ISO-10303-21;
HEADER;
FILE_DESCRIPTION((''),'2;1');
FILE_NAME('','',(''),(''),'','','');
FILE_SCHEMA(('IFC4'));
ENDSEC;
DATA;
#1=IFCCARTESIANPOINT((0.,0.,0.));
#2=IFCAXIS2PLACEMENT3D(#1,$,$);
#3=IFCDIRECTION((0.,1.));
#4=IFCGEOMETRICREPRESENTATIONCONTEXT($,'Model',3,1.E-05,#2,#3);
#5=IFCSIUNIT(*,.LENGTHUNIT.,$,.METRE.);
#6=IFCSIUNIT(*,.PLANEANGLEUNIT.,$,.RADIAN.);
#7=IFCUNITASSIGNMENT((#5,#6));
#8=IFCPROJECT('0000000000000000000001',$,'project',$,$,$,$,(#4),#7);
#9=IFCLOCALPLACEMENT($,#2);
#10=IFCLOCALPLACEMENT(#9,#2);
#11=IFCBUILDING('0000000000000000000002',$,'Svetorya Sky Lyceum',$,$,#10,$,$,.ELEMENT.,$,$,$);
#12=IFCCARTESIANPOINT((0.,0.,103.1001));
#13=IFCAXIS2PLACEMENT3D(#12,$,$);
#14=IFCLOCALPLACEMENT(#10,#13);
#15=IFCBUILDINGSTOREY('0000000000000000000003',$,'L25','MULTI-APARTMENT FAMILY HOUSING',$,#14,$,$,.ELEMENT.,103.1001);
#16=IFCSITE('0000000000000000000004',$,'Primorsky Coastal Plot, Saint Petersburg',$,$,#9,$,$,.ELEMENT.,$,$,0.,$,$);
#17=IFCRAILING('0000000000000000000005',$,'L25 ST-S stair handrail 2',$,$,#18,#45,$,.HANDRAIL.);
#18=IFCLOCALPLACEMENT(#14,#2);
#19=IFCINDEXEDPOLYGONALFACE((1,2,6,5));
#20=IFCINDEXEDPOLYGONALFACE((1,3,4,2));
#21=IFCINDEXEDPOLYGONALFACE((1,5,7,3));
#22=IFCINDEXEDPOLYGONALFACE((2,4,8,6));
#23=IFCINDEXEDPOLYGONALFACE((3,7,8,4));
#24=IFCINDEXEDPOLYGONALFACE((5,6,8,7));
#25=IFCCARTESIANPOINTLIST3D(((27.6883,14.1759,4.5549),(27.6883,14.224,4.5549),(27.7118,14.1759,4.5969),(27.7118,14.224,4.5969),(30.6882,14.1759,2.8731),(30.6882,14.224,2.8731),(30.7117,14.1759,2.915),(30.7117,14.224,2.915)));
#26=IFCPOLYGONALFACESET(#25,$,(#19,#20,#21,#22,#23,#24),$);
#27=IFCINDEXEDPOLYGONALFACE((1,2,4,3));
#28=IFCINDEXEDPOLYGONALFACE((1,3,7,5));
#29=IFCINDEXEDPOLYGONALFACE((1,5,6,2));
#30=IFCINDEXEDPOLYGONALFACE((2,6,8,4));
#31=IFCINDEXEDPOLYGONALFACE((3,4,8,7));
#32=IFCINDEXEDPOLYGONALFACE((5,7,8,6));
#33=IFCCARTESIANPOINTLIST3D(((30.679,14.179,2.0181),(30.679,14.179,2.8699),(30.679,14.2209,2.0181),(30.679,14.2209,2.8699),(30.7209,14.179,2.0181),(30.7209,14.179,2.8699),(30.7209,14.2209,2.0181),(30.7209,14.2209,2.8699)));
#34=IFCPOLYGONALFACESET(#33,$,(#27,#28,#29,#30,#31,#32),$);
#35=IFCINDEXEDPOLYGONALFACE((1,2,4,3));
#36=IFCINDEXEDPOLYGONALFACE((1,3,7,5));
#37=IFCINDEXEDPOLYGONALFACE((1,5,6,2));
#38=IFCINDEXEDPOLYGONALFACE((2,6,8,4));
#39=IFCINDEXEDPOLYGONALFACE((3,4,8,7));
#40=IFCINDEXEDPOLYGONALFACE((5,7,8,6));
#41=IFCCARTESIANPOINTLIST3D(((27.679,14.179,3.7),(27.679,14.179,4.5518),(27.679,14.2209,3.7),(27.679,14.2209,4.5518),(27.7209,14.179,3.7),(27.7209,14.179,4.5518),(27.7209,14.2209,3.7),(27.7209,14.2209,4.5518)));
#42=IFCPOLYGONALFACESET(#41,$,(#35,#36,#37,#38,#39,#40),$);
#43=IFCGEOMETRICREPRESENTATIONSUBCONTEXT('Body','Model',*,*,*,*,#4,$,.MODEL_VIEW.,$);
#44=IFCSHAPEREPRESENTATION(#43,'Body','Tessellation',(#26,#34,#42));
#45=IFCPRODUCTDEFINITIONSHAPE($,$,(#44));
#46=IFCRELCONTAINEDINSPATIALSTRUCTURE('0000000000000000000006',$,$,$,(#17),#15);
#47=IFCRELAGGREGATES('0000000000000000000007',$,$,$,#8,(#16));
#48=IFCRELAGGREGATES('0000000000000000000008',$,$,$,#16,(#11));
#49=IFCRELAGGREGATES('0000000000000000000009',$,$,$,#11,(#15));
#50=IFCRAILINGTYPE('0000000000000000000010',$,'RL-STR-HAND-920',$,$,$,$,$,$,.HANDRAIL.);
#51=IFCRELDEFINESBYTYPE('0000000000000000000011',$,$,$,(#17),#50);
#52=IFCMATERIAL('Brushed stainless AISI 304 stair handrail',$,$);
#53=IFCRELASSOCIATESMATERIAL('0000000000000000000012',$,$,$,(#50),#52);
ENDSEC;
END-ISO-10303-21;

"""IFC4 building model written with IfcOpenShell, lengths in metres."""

from ifc_helpers import new_model, si_unit, direction, frame, origin, origin_2d, place, context, subcontext, project, spatial, rectangle, extrude, material, type_object, element, save


model = new_model("IFC4")

# Units and contexts
model_context = context("Model", 3, precision=1e-05, world=origin(), true_north=direction((0.0, 1.0)))
body_context = subcontext(model_context, "Body", "Model", "MODEL_VIEW")
ifc_project = project(units=[si_unit("LENGTHUNIT", "METRE"), si_unit("PLANEANGLEUNIT", "RADIAN")], contexts=[model_context])

# Site, building, storey
site_placement = place(None, origin())
site = spatial("IfcSite", under=ifc_project, at=site_placement, Name="Primorsky Coastal Plot, Saint Petersburg", CompositionType="ELEMENT", RefElevation=0.0)
building_placement = place(site_placement, origin())
building = spatial("IfcBuilding", under=site, at=building_placement, Name="Svetorya Sky Lyceum", CompositionType="ELEMENT")
storey_placement = place(building_placement, frame((0.0, 0.0, 103.1001)))
storey = spatial("IfcBuildingStorey", under=building, at=storey_placement, Name="L25", Description="MULTI-APARTMENT FAMILY HOUSING", CompositionType="ELEMENT", Elevation=103.1001)

# Railing
ifc_material_1 = material(Name="Brushed stainless AISI 304 stair handrail")
railing_type = type_object("IfcRailingType", Name="RL-STR-HAND-920", PredefinedType="HANDRAIL", material=ifc_material_1)
railing_placement = place(storey_placement, frame((30.7, 14.2, 2.0181)))
element("IfcRailing", 1, at=railing_placement, inside=storey, type_object=railing_type, Name="L25 ST-S stair handrail 2", PredefinedType="HANDRAIL", context=body_context, shape_type="SweptSolid", body=[
    extrude(rectangle(XDim=0.0481, YDim=0.0481, at=origin_2d()), frame((0.0, 0.0, 0.876), z_axis=(-0.872272, 0.0, 0.48902), x_axis=(0.0, -1.0, 0.0)), (0.0, 0.0, 1.0), 3.4392),
    extrude(rectangle(XDim=0.042, YDim=0.042, at=origin_2d()), origin(), (0.0, 0.0, 1.0), 0.8518),
    extrude(rectangle(XDim=0.042, YDim=0.042, at=origin_2d()), frame((-3.0, 0.0, 1.6819)), (0.0, 0.0, 1.0), 0.8518),
])

save(model, "model.ifc")
